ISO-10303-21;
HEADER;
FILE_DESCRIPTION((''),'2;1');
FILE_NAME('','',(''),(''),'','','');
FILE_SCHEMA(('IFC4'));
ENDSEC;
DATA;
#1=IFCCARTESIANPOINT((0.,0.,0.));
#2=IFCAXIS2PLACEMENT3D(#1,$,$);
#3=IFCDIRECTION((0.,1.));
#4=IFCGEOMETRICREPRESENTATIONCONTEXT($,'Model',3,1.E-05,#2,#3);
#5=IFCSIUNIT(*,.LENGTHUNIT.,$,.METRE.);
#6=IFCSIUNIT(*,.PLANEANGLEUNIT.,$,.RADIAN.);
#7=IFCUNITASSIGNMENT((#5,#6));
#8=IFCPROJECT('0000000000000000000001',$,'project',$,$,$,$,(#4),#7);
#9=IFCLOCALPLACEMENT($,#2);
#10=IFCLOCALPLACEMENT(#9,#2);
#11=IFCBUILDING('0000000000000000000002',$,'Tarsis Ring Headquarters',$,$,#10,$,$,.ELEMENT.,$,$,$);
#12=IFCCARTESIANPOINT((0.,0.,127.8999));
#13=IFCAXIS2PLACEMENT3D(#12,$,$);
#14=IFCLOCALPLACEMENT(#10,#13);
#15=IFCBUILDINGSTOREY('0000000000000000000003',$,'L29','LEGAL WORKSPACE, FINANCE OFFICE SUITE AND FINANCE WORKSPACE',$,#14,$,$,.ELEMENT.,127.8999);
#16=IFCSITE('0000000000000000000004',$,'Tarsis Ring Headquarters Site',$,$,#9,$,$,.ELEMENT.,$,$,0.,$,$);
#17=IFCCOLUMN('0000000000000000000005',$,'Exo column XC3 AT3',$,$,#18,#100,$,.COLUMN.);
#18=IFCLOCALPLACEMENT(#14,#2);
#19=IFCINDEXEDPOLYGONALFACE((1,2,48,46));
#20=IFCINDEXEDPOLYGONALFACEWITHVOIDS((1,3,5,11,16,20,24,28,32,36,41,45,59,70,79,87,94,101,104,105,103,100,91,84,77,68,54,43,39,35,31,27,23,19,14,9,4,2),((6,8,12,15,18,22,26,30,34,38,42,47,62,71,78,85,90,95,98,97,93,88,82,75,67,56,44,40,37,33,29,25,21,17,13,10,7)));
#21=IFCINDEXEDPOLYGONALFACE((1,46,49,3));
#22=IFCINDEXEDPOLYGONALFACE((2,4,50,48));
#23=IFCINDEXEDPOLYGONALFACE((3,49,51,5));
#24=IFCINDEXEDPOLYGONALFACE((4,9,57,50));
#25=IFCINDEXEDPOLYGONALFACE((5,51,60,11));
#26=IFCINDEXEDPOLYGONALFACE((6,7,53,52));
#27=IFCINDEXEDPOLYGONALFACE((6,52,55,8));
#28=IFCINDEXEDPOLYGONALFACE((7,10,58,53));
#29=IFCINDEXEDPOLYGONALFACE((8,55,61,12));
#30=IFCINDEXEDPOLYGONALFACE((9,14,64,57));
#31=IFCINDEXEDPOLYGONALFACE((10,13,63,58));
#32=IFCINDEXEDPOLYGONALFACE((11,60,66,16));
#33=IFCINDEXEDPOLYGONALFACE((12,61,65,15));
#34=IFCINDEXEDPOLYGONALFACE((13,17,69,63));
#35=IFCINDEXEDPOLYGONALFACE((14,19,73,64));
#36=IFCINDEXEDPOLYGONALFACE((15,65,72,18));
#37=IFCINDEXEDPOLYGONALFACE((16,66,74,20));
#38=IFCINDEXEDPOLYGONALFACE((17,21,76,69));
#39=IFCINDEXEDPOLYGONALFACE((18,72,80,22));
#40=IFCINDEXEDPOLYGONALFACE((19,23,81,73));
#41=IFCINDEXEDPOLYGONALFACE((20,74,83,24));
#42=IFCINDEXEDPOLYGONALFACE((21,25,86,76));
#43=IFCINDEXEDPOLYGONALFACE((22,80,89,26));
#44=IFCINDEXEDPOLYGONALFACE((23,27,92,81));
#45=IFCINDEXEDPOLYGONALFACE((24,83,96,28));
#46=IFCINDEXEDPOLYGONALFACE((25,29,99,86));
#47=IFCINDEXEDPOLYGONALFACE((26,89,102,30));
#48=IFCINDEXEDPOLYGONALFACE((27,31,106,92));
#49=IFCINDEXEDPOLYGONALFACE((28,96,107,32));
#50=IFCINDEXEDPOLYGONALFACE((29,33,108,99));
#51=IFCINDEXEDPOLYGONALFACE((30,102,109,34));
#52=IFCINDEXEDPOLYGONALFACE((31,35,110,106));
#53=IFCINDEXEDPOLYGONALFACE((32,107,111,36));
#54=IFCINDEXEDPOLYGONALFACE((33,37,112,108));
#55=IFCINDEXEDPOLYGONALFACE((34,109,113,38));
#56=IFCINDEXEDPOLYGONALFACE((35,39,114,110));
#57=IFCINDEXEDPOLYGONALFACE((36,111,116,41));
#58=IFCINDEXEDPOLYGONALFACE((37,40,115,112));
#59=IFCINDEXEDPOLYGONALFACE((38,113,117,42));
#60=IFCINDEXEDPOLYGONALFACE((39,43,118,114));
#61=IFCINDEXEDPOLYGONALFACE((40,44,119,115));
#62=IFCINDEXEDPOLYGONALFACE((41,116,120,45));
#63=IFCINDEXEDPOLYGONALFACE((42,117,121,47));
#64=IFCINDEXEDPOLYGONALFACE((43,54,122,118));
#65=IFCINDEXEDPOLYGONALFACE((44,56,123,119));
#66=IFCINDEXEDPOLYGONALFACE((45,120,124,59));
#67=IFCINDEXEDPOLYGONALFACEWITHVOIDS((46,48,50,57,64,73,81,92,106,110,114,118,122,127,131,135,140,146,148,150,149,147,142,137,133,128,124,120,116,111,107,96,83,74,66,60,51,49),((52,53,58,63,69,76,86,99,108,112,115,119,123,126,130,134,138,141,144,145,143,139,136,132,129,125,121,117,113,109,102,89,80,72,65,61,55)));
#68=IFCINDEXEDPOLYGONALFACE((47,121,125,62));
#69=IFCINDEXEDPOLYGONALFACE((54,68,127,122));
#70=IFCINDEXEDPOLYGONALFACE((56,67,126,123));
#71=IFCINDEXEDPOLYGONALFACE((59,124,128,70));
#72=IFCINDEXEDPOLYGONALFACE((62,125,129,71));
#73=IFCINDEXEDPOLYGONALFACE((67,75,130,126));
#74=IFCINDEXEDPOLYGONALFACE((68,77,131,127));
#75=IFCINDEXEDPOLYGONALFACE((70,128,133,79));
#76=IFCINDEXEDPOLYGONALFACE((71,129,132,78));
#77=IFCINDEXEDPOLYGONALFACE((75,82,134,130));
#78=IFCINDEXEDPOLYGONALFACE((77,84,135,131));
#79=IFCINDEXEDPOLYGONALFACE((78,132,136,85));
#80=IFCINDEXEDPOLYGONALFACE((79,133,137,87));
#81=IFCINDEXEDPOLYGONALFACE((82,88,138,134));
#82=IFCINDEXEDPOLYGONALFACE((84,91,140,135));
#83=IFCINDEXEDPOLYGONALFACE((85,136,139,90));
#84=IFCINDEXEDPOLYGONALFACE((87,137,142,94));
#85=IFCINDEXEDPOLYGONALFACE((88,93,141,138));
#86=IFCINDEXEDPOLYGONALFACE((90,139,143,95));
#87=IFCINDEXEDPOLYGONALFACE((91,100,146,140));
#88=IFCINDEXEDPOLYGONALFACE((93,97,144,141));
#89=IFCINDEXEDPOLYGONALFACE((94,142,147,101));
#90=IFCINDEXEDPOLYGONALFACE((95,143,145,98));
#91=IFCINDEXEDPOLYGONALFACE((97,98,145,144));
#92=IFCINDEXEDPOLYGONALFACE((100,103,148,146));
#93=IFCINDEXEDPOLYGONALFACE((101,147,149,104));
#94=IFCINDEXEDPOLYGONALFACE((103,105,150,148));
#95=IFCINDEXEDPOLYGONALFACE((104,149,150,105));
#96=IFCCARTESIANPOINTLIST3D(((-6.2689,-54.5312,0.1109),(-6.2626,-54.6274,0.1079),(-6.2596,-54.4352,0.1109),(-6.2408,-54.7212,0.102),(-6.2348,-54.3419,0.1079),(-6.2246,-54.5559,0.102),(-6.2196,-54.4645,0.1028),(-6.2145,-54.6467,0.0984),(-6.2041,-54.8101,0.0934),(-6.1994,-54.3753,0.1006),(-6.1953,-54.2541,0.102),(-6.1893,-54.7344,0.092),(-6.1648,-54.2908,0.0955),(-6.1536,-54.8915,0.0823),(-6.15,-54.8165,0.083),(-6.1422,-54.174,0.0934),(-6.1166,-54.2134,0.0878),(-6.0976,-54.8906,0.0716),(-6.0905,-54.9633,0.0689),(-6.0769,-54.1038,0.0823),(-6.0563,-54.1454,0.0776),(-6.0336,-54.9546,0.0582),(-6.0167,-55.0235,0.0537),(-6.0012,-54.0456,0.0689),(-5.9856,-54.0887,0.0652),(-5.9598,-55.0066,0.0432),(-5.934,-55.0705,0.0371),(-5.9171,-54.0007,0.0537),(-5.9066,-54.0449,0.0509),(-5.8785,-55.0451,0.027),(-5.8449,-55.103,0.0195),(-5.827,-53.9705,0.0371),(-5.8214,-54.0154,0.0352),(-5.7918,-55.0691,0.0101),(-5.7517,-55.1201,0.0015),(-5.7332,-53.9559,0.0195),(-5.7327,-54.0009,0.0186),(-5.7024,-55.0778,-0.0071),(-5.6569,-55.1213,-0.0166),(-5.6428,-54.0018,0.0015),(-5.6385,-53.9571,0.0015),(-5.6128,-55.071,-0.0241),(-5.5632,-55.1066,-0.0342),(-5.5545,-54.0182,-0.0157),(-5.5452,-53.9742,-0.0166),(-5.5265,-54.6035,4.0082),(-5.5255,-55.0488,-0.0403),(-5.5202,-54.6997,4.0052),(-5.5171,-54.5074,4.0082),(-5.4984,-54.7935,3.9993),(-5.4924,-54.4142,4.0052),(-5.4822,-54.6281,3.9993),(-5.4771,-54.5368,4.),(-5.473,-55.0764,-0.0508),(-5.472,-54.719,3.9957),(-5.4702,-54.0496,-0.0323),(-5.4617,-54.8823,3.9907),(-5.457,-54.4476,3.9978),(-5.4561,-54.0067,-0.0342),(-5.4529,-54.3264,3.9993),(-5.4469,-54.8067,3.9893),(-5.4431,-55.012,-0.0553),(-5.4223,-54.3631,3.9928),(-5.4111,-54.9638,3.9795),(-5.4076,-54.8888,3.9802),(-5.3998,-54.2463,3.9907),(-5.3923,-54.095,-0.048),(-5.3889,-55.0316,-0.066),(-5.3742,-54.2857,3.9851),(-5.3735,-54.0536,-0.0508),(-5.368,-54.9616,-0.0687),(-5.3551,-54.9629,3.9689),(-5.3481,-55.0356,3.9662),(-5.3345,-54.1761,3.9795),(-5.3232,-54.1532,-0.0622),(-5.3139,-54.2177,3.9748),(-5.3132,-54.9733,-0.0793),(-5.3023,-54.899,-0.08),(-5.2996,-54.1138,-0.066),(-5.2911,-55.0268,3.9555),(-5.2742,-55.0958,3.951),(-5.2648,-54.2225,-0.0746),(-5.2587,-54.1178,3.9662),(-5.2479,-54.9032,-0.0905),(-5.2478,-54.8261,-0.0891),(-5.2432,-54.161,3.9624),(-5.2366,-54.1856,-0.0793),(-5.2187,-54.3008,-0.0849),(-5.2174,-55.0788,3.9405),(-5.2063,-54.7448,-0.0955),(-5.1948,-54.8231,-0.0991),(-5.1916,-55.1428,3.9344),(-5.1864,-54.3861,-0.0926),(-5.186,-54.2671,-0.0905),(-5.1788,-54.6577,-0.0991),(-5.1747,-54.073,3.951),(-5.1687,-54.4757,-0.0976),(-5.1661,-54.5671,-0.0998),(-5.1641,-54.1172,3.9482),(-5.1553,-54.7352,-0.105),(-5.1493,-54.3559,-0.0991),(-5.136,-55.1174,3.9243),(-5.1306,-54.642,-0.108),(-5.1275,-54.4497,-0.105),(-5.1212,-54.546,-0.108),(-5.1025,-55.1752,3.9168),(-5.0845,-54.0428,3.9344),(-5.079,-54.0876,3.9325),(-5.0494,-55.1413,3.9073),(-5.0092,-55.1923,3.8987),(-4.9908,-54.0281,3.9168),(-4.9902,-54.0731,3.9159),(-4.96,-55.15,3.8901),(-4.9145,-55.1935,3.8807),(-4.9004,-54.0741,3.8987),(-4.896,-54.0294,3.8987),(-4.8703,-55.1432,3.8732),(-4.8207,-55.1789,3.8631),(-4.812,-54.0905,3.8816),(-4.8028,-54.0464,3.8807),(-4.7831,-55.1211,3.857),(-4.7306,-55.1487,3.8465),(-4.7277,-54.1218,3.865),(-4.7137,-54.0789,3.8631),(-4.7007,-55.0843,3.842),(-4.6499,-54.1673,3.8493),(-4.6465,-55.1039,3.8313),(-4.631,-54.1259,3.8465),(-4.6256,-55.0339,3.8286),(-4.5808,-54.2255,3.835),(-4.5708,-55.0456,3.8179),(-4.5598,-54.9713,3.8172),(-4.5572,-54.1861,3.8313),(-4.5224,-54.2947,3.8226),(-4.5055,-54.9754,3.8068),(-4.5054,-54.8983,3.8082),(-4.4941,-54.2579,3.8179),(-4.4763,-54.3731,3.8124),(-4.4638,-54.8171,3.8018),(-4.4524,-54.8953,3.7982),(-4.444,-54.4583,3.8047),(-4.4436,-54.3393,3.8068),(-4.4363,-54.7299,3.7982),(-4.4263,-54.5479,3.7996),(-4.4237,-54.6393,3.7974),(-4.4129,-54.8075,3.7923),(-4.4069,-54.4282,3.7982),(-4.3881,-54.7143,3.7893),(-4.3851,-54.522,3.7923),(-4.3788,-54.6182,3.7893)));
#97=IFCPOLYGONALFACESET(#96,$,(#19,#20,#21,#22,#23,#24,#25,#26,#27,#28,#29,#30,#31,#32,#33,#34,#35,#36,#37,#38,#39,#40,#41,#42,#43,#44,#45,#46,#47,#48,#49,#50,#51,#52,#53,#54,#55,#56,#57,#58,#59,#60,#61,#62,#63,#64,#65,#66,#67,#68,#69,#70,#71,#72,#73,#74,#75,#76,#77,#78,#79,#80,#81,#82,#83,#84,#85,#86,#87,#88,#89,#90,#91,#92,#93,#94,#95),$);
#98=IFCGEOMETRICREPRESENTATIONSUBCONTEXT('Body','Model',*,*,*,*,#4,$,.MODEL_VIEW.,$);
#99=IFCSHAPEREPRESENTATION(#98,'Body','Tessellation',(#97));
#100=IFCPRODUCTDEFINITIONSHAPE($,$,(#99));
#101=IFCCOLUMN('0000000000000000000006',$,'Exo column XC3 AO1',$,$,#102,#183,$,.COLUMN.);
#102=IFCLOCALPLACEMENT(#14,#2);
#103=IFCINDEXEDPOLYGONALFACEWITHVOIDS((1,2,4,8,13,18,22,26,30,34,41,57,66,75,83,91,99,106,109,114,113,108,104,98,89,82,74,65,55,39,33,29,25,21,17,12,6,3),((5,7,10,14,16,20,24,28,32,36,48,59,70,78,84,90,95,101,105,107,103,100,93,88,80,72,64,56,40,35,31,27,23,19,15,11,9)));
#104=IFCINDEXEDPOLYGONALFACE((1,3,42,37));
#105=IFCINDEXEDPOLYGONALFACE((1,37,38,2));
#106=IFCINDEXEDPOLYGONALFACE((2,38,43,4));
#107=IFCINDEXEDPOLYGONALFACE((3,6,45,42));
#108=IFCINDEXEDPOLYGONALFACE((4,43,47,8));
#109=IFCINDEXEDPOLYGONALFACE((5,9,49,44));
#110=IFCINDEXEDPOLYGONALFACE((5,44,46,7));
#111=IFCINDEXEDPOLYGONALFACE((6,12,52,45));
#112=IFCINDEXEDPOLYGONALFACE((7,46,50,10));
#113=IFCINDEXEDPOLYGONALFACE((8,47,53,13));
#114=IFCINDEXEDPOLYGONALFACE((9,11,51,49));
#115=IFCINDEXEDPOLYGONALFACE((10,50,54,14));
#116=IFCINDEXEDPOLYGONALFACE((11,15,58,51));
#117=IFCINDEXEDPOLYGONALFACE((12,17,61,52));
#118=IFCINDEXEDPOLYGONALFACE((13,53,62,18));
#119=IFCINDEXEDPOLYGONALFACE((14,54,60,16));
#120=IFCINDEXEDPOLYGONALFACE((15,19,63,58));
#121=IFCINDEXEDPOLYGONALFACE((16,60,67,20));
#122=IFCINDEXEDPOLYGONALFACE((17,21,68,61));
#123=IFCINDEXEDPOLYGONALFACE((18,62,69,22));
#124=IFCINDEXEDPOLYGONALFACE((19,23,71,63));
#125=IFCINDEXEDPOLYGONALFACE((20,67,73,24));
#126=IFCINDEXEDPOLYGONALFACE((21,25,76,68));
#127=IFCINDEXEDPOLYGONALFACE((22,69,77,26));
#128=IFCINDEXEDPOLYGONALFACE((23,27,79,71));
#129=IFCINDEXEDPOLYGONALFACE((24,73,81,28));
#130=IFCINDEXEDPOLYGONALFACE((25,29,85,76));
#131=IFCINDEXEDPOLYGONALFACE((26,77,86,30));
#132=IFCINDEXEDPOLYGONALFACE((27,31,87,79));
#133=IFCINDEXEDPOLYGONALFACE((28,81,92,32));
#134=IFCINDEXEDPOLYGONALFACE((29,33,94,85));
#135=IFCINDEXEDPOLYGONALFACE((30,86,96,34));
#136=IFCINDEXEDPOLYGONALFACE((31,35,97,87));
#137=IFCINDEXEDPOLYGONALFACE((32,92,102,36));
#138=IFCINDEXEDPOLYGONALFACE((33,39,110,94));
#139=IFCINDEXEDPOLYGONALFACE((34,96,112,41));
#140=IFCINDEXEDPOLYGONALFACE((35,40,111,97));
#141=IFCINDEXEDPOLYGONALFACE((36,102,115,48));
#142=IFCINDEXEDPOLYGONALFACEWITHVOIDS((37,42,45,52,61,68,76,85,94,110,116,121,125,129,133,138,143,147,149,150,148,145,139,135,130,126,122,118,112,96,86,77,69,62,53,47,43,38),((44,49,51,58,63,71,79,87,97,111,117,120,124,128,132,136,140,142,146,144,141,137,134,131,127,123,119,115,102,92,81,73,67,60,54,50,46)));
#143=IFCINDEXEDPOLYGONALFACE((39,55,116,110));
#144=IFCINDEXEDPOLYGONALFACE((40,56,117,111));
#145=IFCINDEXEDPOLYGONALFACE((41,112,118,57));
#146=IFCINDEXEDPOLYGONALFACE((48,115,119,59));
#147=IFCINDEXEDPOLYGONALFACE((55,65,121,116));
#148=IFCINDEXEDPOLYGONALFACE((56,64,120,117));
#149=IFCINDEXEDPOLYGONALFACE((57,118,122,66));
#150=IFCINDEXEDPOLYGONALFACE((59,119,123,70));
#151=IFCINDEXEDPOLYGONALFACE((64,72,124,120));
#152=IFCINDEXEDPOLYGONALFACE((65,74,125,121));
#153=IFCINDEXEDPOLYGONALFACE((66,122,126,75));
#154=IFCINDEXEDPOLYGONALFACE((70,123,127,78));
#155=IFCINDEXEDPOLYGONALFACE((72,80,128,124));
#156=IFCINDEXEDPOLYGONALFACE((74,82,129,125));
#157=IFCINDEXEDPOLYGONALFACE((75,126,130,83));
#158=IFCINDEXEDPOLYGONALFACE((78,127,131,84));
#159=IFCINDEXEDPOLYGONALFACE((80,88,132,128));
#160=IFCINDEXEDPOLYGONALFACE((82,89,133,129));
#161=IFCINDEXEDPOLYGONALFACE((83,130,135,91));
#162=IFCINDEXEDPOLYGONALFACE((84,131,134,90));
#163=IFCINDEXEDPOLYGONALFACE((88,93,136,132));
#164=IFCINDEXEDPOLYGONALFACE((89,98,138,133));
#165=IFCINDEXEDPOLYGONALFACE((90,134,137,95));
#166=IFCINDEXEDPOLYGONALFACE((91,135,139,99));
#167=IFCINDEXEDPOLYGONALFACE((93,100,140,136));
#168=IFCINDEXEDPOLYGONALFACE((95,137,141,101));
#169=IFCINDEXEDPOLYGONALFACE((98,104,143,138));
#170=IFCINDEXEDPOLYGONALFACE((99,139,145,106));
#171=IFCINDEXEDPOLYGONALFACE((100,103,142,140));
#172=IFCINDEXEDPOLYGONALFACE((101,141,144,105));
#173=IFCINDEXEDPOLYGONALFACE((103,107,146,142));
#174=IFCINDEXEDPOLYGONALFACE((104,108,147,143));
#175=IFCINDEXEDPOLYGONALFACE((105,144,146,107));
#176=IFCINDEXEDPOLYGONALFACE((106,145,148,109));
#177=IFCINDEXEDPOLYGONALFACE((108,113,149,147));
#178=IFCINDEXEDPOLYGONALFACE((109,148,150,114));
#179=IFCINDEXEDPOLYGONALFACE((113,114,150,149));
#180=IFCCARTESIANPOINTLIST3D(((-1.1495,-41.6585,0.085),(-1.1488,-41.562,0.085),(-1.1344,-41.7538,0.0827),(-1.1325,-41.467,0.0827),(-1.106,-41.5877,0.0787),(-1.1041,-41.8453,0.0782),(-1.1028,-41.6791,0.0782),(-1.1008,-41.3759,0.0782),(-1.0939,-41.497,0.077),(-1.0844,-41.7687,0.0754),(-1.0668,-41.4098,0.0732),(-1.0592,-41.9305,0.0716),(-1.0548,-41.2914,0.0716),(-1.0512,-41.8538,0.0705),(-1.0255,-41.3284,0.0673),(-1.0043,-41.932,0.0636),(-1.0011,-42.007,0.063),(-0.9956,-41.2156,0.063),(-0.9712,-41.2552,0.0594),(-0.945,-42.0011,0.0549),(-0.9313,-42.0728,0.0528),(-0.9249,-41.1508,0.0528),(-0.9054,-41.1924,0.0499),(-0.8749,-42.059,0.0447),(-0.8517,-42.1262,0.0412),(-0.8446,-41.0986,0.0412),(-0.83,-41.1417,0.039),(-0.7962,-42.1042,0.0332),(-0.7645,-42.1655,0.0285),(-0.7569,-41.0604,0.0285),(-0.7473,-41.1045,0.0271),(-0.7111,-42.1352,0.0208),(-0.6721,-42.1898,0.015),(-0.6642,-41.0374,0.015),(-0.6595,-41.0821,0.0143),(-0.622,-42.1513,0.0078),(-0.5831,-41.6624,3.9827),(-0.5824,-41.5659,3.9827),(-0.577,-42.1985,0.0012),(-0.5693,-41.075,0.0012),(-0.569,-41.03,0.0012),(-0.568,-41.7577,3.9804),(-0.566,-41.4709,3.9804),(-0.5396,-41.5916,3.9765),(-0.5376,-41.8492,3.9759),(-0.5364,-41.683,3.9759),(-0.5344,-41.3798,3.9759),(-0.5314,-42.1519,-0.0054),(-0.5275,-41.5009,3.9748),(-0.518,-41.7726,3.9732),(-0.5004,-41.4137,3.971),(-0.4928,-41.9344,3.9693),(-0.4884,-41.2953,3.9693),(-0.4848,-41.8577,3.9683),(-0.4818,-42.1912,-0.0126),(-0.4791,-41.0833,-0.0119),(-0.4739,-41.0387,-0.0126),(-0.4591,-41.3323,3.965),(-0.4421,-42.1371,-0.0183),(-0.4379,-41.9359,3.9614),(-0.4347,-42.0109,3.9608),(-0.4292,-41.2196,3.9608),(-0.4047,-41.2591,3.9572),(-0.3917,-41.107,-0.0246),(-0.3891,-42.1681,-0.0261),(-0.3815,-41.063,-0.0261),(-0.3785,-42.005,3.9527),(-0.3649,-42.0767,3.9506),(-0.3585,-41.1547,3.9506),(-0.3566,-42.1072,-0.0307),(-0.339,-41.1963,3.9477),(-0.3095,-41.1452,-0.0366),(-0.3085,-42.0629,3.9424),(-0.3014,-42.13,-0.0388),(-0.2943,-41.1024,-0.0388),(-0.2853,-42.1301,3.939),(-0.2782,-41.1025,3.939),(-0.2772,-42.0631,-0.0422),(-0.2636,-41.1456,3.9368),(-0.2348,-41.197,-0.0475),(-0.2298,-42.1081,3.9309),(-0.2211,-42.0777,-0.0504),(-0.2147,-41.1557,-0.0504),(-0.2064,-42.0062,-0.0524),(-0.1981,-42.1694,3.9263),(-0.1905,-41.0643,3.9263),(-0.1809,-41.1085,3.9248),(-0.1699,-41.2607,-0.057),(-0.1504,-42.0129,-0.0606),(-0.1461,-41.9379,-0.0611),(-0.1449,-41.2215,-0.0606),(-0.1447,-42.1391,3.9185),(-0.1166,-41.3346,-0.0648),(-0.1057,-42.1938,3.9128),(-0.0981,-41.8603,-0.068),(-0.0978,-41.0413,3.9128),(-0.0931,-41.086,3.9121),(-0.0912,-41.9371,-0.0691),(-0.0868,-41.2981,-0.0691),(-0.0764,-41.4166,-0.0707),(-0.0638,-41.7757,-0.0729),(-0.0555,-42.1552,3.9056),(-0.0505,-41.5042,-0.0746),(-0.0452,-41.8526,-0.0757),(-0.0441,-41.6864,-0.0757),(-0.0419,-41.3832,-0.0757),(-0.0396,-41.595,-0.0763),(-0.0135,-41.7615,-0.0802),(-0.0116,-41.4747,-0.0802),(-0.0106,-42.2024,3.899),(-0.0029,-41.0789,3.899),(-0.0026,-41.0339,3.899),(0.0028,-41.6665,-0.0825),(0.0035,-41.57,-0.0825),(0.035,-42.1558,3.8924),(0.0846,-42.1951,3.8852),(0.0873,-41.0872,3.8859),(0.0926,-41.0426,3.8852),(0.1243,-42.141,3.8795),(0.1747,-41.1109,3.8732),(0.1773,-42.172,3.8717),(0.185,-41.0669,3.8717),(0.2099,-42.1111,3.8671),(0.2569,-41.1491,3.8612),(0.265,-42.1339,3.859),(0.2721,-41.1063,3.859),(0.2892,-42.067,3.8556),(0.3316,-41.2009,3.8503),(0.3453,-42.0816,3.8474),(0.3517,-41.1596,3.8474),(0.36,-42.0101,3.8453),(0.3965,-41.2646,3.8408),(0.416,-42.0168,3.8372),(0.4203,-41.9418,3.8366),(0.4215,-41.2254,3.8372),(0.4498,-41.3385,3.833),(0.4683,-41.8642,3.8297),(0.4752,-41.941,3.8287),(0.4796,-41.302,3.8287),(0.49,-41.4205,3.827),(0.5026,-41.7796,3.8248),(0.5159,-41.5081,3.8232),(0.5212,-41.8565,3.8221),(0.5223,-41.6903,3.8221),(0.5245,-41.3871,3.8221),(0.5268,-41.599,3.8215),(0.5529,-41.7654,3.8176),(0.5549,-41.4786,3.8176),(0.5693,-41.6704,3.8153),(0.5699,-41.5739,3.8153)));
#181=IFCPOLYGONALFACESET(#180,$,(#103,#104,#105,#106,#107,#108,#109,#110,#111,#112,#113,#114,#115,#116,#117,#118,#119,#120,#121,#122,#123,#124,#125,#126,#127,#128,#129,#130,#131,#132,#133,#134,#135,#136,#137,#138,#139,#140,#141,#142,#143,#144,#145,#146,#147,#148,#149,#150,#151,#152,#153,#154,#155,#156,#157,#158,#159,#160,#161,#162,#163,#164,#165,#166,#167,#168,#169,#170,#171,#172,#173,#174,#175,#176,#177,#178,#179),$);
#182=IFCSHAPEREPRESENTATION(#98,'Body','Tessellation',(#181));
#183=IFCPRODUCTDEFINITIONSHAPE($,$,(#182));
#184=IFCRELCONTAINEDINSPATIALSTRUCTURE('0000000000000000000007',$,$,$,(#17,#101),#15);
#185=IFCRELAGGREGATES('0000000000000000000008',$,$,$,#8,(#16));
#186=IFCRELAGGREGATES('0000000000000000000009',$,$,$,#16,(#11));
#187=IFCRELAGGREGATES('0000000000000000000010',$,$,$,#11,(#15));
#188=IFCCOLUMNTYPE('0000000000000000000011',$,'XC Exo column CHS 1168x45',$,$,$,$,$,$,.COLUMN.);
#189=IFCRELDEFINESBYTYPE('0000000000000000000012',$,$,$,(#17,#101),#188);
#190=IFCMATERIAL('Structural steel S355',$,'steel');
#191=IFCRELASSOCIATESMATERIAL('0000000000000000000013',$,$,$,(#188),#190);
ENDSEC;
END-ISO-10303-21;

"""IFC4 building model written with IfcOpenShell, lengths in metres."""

from ifc_helpers import new_model, si_unit, direction, frame, origin, origin_2d, place, context, subcontext, project, spatial, hollow_circle, extrude, material, material_profile, profile_set, type_object, element, save


model = new_model("IFC4")

# Units and contexts
model_context = context("Model", 3, precision=1e-05, world=origin(), true_north=direction((0.0, 1.0)))
body_context = subcontext(model_context, "Body", "Model", "MODEL_VIEW")
ifc_project = project(units=[si_unit("LENGTHUNIT", "METRE"), si_unit("PLANEANGLEUNIT", "RADIAN")], contexts=[model_context])

# Site, building, storey
site_placement = place(None, origin())
site = spatial("IfcSite", under=ifc_project, at=site_placement, Name="Tarsis Ring Headquarters Site", CompositionType="ELEMENT", RefElevation=0.0)
building_placement = place(site_placement, origin())
building = spatial("IfcBuilding", under=site, at=building_placement, Name="Tarsis Ring Headquarters", CompositionType="ELEMENT")
storey_placement = place(building_placement, frame((0.0, 0.0, 127.8999)))
storey = spatial("IfcBuildingStorey", under=building, at=storey_placement, Name="L29", Description="LEGAL WORKSPACE, FINANCE OFFICE SUITE AND FINANCE WORKSPACE", CompositionType="ELEMENT", Elevation=127.8999)

# Columns
ifc_material_1 = material(Name="Structural steel S355", Category="steel")
ifc_material_profile_1 = material_profile(ifc_material_1, hollow_circle(Radius=0.5842, WallThickness=0.0449, at=origin_2d()), Name="CHS 1168x45")
ifc_profile_set_1 = profile_set([ifc_material_profile_1], Name="Structural steel S355")
column_type = type_object("IfcColumnType", Name="XC Exo column CHS 1168x45", PredefinedType="COLUMN", material=ifc_profile_set_1)
column_1_placement = place(storey_placement, frame((-5.6951, -54.5386, 0.0015), z_axis=(0.187107, -0.018212, 0.982171), x_axis=(0.096879, 0.995296, 0.0)))
element("IfcColumn", 1, at=column_1_placement, inside=storey, type_object=column_type, Name="Exo column XC3 AT3", PredefinedType="COLUMN", context=body_context, shape_type="SweptSolid", body=[
    extrude(hollow_circle(Radius=0.5842, WallThickness=0.0449, at=origin_2d()), origin(), (0.0, 0.0, 1.0), 3.968),
])
column_2_placement = place(storey_placement, frame((-0.573, -41.6143, 0.0012), z_axis=(0.143807, -0.000992, 0.989605), x_axis=(0.006896, 0.999976, 0.0)))
element("IfcColumn", 2, at=column_2_placement, inside=storey, type_object=column_type, Name="Exo column XC3 AO1", PredefinedType="COLUMN", context=body_context, shape_type="SweptSolid", body=[
    extrude(hollow_circle(Radius=0.5842, WallThickness=0.0449, at=origin_2d()), origin(), (0.0, 0.0, 1.0), 3.9387),
])

save(model, "model.ifc")
